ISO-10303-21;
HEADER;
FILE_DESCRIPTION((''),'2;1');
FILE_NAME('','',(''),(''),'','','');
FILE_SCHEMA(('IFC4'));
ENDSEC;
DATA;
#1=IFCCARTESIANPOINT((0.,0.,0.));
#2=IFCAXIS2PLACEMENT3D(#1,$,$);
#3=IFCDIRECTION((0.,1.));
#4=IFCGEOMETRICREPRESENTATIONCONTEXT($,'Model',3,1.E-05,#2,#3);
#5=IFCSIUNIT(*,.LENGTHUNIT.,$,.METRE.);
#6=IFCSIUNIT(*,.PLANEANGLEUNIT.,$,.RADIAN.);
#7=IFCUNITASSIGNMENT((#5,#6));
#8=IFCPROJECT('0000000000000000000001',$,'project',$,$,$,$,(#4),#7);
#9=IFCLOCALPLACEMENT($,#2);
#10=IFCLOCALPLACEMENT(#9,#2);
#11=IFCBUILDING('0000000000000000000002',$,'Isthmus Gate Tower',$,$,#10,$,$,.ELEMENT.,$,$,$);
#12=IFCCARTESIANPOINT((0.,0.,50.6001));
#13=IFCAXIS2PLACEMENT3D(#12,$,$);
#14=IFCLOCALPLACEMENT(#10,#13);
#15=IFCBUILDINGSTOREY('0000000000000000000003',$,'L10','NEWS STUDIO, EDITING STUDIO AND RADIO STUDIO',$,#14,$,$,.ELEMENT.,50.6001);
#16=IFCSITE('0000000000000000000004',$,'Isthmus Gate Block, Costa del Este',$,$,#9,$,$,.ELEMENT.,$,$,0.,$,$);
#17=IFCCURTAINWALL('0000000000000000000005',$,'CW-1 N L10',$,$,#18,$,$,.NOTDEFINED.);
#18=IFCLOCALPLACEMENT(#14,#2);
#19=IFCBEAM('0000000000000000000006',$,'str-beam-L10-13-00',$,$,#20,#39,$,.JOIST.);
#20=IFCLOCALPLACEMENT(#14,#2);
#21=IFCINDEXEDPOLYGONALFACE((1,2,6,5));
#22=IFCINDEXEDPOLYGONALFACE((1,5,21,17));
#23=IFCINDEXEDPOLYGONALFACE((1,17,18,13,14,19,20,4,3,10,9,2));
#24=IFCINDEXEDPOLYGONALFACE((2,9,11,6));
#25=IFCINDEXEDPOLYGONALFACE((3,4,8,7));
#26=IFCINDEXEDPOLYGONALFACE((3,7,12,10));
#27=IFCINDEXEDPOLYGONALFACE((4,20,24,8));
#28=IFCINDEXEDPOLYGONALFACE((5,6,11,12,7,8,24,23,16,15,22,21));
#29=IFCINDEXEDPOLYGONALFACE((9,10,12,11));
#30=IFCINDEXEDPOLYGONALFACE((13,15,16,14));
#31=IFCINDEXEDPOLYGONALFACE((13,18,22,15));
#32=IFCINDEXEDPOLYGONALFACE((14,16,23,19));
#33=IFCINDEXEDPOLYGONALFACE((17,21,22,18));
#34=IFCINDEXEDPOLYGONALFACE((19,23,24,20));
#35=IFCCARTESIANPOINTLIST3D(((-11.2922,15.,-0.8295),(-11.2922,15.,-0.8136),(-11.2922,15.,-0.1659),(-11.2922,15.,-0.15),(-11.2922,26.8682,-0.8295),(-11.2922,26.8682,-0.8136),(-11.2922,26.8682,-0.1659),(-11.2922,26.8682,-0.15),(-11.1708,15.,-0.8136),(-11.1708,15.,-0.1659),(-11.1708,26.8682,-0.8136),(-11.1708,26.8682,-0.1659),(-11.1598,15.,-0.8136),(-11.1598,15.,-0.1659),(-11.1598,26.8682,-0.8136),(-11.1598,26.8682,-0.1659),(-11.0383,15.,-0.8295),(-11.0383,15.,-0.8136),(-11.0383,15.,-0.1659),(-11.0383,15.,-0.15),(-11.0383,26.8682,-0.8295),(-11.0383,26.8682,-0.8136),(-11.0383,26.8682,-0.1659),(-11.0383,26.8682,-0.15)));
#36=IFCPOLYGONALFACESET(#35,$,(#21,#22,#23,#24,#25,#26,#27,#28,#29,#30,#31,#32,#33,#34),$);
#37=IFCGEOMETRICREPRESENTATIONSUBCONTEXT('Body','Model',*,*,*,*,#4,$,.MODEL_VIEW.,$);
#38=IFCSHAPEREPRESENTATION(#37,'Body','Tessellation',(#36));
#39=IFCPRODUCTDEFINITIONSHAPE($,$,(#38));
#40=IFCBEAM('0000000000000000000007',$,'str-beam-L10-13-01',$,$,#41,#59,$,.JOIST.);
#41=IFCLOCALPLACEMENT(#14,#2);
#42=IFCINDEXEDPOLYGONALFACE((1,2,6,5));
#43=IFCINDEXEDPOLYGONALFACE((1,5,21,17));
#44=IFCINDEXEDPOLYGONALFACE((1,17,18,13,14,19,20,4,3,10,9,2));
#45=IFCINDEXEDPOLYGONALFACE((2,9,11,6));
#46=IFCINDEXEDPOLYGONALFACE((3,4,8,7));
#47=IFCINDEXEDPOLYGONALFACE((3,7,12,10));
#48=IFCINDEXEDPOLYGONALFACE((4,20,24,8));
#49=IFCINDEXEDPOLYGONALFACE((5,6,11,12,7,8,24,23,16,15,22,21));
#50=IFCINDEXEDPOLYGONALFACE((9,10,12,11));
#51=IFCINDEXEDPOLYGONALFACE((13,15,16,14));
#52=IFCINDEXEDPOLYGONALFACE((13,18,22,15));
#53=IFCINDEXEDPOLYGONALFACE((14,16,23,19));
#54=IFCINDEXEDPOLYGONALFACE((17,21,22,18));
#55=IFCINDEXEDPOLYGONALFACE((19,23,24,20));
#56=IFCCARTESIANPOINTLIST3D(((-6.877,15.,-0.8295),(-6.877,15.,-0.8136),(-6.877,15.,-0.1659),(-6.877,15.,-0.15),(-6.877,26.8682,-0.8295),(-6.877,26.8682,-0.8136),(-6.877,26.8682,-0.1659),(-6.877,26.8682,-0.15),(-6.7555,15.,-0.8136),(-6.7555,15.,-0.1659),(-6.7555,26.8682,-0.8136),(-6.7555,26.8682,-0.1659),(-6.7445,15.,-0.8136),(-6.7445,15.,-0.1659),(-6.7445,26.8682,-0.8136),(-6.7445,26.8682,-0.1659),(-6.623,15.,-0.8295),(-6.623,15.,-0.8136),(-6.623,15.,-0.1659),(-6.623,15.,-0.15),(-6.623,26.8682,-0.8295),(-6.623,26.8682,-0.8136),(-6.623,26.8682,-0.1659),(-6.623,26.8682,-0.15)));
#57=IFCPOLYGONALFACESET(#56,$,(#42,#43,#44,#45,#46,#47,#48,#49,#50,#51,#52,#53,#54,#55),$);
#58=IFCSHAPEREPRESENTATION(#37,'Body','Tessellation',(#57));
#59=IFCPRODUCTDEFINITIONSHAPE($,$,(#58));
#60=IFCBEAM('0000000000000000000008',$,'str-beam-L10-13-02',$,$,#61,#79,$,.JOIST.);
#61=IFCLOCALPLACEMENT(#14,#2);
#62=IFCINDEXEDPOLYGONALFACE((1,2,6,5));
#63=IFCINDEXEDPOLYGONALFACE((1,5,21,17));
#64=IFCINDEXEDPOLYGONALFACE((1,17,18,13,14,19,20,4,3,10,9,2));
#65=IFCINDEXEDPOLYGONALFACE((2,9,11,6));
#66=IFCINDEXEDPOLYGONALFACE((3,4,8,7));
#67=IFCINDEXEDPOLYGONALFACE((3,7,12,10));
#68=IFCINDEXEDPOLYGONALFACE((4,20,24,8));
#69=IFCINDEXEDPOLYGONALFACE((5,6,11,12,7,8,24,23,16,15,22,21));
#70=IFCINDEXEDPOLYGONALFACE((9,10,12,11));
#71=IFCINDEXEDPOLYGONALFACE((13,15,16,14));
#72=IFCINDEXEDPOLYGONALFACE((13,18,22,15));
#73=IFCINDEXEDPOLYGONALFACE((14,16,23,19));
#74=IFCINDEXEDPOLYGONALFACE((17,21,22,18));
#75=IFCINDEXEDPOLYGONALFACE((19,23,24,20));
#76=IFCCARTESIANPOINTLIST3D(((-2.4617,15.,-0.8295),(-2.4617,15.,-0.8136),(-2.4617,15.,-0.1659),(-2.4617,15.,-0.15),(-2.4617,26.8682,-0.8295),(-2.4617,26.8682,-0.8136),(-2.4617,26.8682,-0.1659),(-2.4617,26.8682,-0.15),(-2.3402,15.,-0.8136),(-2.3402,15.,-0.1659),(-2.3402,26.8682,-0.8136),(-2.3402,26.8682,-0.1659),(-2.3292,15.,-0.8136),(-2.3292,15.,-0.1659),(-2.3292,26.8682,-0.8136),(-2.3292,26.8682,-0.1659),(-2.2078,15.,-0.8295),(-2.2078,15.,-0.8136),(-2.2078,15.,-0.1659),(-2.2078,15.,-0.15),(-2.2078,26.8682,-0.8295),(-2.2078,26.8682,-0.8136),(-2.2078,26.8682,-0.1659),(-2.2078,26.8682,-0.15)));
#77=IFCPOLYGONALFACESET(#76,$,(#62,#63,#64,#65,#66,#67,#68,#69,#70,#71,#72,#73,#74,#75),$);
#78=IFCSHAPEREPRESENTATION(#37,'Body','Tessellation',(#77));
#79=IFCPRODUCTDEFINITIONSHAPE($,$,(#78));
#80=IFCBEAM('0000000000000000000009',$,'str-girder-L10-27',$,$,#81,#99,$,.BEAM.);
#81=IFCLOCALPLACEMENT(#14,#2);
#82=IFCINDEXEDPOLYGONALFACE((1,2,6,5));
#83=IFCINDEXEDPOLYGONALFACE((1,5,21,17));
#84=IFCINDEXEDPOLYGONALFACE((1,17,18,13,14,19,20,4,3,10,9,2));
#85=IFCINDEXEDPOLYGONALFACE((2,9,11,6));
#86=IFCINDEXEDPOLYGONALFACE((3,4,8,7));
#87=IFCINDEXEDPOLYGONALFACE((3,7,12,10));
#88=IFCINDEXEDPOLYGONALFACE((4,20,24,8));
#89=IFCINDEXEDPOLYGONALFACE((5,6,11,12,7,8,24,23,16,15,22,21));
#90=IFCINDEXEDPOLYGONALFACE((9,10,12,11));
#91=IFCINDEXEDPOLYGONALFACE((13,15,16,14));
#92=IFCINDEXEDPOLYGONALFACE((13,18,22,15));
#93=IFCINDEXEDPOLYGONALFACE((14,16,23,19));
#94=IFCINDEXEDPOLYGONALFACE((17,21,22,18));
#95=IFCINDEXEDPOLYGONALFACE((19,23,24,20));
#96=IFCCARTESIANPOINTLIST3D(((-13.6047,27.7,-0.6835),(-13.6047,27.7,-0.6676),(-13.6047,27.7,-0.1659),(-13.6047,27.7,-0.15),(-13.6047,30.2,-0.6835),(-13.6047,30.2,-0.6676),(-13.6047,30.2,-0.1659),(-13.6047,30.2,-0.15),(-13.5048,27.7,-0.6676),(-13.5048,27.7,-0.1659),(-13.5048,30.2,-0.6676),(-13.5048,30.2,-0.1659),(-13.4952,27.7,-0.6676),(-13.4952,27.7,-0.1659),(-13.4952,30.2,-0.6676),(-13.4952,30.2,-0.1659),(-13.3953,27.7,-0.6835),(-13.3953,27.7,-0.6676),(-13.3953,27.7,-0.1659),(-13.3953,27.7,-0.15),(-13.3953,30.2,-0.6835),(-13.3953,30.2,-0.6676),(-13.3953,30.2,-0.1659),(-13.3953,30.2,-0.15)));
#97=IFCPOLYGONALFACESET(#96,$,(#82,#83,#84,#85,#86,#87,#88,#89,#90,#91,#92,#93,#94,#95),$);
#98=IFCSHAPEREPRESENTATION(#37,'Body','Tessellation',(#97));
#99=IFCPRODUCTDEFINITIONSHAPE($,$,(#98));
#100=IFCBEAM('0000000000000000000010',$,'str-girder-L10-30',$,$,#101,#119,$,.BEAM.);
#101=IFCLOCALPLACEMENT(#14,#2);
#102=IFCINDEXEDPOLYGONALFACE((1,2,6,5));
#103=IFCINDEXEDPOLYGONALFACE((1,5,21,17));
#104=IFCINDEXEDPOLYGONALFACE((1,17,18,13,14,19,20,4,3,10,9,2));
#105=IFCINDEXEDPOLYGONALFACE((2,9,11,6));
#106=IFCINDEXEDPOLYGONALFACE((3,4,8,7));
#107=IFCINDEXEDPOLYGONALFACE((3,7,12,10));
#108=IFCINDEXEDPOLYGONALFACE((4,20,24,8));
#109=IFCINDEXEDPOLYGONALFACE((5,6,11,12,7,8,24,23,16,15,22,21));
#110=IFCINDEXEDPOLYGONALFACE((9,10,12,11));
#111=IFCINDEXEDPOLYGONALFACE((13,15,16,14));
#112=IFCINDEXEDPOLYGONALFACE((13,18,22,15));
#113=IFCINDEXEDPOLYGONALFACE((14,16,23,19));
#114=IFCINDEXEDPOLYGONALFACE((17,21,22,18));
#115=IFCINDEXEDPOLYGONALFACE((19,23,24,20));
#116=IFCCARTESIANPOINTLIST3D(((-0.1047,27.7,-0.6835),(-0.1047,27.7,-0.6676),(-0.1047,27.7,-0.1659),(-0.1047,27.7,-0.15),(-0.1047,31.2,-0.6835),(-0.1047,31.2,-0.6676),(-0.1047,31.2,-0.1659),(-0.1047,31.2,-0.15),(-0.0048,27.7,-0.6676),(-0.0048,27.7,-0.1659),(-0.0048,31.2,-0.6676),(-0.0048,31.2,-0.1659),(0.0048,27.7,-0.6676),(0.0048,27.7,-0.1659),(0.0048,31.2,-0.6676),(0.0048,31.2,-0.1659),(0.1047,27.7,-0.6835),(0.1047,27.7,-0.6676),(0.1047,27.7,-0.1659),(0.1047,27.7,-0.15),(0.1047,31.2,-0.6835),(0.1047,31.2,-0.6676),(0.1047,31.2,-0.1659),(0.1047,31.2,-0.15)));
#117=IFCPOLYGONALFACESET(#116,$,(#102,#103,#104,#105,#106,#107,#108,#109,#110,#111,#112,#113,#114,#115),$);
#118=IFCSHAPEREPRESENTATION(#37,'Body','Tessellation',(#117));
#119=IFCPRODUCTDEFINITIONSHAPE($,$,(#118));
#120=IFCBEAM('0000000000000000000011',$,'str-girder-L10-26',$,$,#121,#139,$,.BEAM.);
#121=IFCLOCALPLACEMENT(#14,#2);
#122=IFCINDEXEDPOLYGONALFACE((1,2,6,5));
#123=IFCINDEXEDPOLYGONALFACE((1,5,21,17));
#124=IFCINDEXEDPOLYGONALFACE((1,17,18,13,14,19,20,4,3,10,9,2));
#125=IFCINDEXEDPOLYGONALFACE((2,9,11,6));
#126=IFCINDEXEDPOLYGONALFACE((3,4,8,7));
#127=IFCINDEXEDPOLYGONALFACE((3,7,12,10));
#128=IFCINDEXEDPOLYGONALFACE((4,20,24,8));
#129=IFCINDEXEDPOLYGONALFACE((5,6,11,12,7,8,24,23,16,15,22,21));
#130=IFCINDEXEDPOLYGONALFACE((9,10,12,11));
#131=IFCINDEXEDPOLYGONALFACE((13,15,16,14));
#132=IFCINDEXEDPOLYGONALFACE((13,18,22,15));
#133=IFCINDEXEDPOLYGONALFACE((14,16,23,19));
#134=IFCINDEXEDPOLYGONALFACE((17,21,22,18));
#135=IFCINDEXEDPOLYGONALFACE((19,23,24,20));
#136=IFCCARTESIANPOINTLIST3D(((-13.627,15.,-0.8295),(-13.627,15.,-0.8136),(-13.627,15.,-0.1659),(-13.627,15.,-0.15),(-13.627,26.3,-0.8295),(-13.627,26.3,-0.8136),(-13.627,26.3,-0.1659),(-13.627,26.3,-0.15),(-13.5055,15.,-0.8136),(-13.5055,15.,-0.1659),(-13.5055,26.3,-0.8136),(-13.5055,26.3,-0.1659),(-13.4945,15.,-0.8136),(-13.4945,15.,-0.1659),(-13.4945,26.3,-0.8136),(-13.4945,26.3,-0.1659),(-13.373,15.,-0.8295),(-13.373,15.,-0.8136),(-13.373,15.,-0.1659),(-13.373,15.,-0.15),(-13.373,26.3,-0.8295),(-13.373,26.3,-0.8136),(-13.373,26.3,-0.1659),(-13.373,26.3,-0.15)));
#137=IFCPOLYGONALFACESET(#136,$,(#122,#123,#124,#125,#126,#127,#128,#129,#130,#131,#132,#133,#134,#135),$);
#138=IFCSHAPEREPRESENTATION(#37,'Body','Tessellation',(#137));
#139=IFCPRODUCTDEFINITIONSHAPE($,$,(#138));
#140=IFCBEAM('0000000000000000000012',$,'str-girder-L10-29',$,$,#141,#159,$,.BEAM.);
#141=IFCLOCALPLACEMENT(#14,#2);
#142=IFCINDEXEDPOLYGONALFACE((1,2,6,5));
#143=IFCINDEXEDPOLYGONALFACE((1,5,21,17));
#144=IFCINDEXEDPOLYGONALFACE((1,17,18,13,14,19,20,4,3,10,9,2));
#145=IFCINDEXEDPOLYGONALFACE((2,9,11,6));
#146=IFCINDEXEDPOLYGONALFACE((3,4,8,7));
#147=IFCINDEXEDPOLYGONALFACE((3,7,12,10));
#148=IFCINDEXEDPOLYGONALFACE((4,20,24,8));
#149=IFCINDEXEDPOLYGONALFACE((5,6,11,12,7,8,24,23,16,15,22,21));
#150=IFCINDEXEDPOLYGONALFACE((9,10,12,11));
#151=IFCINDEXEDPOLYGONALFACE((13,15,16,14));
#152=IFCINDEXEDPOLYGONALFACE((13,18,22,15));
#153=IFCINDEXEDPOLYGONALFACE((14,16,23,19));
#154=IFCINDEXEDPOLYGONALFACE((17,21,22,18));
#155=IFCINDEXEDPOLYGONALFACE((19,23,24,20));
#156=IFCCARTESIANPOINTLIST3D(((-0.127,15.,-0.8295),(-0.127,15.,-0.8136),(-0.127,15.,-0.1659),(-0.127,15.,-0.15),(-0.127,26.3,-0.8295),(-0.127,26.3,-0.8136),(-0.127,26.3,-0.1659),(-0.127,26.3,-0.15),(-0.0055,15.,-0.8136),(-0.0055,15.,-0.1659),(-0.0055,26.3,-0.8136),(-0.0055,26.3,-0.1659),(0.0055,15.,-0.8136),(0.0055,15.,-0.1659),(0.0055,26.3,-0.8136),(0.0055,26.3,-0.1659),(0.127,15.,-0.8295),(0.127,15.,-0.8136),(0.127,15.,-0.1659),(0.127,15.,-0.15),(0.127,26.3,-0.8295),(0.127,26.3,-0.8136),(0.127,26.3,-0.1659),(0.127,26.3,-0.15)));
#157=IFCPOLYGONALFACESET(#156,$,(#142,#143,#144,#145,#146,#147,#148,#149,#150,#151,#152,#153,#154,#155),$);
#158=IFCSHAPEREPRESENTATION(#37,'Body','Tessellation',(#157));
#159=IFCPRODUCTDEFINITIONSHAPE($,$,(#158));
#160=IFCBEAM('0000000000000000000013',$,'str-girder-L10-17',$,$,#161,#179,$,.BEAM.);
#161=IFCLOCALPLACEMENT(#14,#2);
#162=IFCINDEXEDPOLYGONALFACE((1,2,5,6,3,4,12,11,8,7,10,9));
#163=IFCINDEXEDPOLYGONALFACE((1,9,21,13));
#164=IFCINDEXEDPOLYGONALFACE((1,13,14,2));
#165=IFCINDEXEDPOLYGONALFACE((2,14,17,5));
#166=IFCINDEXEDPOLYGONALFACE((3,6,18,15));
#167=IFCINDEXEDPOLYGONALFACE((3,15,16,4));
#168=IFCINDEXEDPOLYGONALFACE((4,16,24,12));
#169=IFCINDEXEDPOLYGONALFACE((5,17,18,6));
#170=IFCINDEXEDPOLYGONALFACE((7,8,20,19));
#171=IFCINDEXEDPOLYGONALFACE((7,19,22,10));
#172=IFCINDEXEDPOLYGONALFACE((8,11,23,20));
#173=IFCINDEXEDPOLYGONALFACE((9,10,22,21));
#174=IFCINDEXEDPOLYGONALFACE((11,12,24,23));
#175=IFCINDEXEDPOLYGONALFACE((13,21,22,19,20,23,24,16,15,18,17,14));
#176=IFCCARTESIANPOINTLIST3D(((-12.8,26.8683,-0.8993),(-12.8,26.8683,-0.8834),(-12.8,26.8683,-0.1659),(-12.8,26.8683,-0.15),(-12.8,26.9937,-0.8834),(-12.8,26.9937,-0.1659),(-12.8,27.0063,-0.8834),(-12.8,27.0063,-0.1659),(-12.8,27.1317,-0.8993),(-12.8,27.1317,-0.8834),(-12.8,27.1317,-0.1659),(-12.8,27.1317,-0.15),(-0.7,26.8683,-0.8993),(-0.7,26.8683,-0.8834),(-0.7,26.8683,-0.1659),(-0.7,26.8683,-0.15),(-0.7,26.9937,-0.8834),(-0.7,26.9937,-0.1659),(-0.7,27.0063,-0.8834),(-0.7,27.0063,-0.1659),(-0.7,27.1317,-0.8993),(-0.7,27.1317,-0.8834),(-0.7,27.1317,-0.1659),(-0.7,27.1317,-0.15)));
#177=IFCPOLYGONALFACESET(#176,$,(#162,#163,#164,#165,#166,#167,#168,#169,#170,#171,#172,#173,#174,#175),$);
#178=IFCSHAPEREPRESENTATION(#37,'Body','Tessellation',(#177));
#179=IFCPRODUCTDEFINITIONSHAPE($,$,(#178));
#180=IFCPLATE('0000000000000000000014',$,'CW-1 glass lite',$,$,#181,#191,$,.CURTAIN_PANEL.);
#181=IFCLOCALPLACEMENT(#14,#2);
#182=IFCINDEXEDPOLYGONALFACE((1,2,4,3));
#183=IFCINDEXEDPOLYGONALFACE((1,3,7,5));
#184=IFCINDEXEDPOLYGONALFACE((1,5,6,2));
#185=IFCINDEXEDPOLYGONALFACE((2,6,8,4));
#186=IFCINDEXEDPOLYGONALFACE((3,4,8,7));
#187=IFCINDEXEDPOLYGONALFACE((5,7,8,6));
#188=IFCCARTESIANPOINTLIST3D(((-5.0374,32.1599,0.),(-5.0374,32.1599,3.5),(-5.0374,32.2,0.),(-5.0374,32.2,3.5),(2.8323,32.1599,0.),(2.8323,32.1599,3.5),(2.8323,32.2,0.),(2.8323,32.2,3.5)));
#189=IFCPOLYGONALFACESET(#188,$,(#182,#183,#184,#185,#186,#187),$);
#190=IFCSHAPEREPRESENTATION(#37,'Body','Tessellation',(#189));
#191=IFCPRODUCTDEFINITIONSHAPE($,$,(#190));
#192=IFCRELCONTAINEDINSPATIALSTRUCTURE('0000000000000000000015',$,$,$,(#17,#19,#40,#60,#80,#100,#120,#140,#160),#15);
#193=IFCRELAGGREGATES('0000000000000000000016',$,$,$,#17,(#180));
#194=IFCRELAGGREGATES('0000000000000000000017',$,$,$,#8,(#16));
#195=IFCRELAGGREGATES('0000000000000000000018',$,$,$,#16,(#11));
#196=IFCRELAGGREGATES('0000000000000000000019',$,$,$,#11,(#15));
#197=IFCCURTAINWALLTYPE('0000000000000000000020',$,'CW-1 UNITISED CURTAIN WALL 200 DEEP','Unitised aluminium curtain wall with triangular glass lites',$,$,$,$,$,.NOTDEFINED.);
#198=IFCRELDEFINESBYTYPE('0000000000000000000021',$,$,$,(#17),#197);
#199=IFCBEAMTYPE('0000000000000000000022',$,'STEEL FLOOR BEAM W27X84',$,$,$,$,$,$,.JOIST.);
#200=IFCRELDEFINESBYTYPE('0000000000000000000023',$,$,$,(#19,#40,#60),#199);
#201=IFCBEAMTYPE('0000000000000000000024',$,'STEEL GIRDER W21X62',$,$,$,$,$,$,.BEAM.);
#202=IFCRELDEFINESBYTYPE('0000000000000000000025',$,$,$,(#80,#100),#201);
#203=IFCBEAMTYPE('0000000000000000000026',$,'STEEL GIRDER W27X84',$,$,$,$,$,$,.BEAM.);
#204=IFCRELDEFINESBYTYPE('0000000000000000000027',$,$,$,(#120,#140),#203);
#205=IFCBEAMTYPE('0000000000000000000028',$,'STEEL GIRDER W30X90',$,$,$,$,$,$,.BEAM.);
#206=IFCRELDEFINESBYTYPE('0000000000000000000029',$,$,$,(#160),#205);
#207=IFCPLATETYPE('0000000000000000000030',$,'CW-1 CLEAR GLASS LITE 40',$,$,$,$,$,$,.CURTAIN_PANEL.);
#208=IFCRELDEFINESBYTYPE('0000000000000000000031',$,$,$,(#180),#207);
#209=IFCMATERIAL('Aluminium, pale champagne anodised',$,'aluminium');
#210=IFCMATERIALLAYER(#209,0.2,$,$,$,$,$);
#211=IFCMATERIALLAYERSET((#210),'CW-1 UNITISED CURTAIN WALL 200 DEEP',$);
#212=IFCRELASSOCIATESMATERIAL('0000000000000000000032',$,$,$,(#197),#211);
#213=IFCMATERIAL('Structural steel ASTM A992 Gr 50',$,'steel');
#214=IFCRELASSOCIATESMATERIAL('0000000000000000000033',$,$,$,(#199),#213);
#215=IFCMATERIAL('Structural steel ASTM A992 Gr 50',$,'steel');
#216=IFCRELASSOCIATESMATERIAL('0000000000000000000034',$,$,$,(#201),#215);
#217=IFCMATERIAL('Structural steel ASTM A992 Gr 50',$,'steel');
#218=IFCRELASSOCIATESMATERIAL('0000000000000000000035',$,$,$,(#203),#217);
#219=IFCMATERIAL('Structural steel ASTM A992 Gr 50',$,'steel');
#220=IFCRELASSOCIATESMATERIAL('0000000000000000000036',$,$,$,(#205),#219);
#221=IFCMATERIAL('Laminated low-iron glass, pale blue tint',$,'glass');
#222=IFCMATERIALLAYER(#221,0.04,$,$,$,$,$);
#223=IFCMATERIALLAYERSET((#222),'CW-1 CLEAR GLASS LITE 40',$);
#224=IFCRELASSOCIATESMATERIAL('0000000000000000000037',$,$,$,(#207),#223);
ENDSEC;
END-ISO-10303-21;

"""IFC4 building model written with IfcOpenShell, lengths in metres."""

from ifc_helpers import new_model, si_unit, direction, frame, origin, origin_2d, place, context, subcontext, project, spatial, rectangle, i_section, extrude, material, layer, layer_set, material_profile, profile_set, type_object, element, aggregate, save


model = new_model("IFC4")

# Units and contexts
model_context = context("Model", 3, precision=1e-05, world=origin(), true_north=direction((0.0, 1.0)))
body_context = subcontext(model_context, "Body", "Model", "MODEL_VIEW")
ifc_project = project(units=[si_unit("LENGTHUNIT", "METRE"), si_unit("PLANEANGLEUNIT", "RADIAN")], contexts=[model_context])

# Site, building, storey
site_placement = place(None, origin())
site = spatial("IfcSite", under=ifc_project, at=site_placement, Name="Isthmus Gate Block, Costa del Este", CompositionType="ELEMENT", RefElevation=0.0)
building_placement = place(site_placement, origin())
building = spatial("IfcBuilding", under=site, at=building_placement, Name="Isthmus Gate Tower", CompositionType="ELEMENT")
storey_placement = place(building_placement, frame((0.0, 0.0, 50.6001)))
storey = spatial("IfcBuildingStorey", under=building, at=storey_placement, Name="L10", Description="NEWS STUDIO, EDITING STUDIO AND RADIO STUDIO", CompositionType="ELEMENT", Elevation=50.6001)

# Curtain wall
ifc_material_1 = material(Name="Aluminium, pale champagne anodised", Category="aluminium")
ifc_layer_1 = layer(ifc_material_1, 0.2)
ifc_layer_set_1 = layer_set([ifc_layer_1], Name="CW-1 UNITISED CURTAIN WALL 200 DEEP")
curtain_wall_type = type_object("IfcCurtainWallType", Name="CW-1 UNITISED CURTAIN WALL 200 DEEP", Description="Unitised aluminium curtain wall with triangular glass lites", PredefinedType="NOTDEFINED", material=ifc_layer_set_1)
curtain_wall_placement = place(storey_placement, origin())
curtain_wall = element("IfcCurtainWall", 1, at=curtain_wall_placement, inside=storey, type_object=curtain_wall_type, Name="CW-1 N L10", PredefinedType="NOTDEFINED")

# Beams
ifc_material_2 = material(Name="Structural steel ASTM A992 Gr 50", Category="steel")
ifc_material_profile_1 = material_profile(ifc_material_2, i_section(OverallWidth=0.2539, OverallDepth=0.6794, WebThickness=0.011, FlangeThickness=0.0159, at=origin_2d()), Name="W27X84")
ifc_profile_set_1 = profile_set([ifc_material_profile_1], Name="Structural steel ASTM A992 Gr 50")
beam_type_1 = type_object("IfcBeamType", Name="STEEL FLOOR BEAM W27X84", PredefinedType="JOIST", material=ifc_profile_set_1)
for number, where, z_axis, x_axis, name in (
    (2, (-11.1653, 15.0, -0.4897), (0.0, 1.0, 0.0), (-1.0, 0.0, 0.0), "str-beam-L10-13-00"),
    (3, (-6.75, 15.0, -0.4897), (0.0, 1.0, 0.0), (-1.0, 0.0, 0.0), "str-beam-L10-13-01"),
    (4, (-2.3347, 15.0, -0.4897), (0.0, 1.0, 0.0), (-1.0, 0.0, 0.0), "str-beam-L10-13-02"),
):
    element("IfcBeam", number, at=place(storey_placement, frame(where, z_axis=z_axis, x_axis=x_axis)), inside=storey, type_object=beam_type_1, Name=name, PredefinedType="JOIST", context=body_context, shape_type="SweptSolid", body=[
        extrude(i_section(OverallWidth=0.2539, OverallDepth=0.6794, WebThickness=0.011, FlangeThickness=0.0159, at=origin_2d()), origin(), (0.0, 0.0, 1.0), 11.8682),
    ])
ifc_material_3 = material(Name="Structural steel ASTM A992 Gr 50", Category="steel")
ifc_material_profile_2 = material_profile(ifc_material_3, i_section(OverallWidth=0.2095, OverallDepth=0.5334, WebThickness=0.0095, FlangeThickness=0.0159, at=origin_2d()), Name="W21X62")
ifc_profile_set_2 = profile_set([ifc_material_profile_2], Name="Structural steel ASTM A992 Gr 50")
beam_type_2 = type_object("IfcBeamType", Name="STEEL GIRDER W21X62", PredefinedType="BEAM", material=ifc_profile_set_2)
beam_1_placement = place(storey_placement, frame((-13.5, 27.7, -0.4167), z_axis=(0.0, 1.0, 0.0), x_axis=(-1.0, 0.0, 0.0)))
element("IfcBeam", 5, at=beam_1_placement, inside=storey, type_object=beam_type_2, Name="str-girder-L10-27", PredefinedType="BEAM", context=body_context, shape_type="SweptSolid", body=[
    extrude(i_section(OverallWidth=0.2095, OverallDepth=0.5334, WebThickness=0.0095, FlangeThickness=0.0159, at=origin_2d()), origin(), (0.0, 0.0, 1.0), 2.5),
])
beam_2_placement = place(storey_placement, frame((0.0, 27.7, -0.4167), z_axis=(0.0, 1.0, 0.0), x_axis=(-1.0, 0.0, 0.0)))
element("IfcBeam", 6, at=beam_2_placement, inside=storey, type_object=beam_type_2, Name="str-girder-L10-30", PredefinedType="BEAM", context=body_context, shape_type="SweptSolid", body=[
    extrude(i_section(OverallWidth=0.2095, OverallDepth=0.5334, WebThickness=0.0095, FlangeThickness=0.0159, at=origin_2d()), origin(), (0.0, 0.0, 1.0), 3.5),
])
ifc_material_4 = material(Name="Structural steel ASTM A992 Gr 50", Category="steel")
ifc_material_profile_3 = material_profile(ifc_material_4, i_section(OverallWidth=0.2539, OverallDepth=0.6794, WebThickness=0.011, FlangeThickness=0.0159, at=origin_2d()), Name="W27X84")
ifc_profile_set_3 = profile_set([ifc_material_profile_3], Name="Structural steel ASTM A992 Gr 50")
beam_type_3 = type_object("IfcBeamType", Name="STEEL GIRDER W27X84", PredefinedType="BEAM", material=ifc_profile_set_3)
for number, where, z_axis, x_axis, name in (
    (7, (-13.5, 15.0, -0.4897), (0.0, 1.0, 0.0), (-1.0, 0.0, 0.0), "str-girder-L10-26"),
    (8, (0.0, 15.0, -0.4897), (0.0, 1.0, 0.0), (-1.0, 0.0, 0.0), "str-girder-L10-29"),
):
    element("IfcBeam", number, at=place(storey_placement, frame(where, z_axis=z_axis, x_axis=x_axis)), inside=storey, type_object=beam_type_3, Name=name, PredefinedType="BEAM", context=body_context, shape_type="SweptSolid", body=[
        extrude(i_section(OverallWidth=0.2539, OverallDepth=0.6794, WebThickness=0.011, FlangeThickness=0.0159, at=origin_2d()), origin(), (0.0, 0.0, 1.0), 11.3),
    ])
ifc_material_5 = material(Name="Structural steel ASTM A992 Gr 50", Category="steel")
ifc_material_profile_4 = material_profile(ifc_material_5, i_section(OverallWidth=0.2634, OverallDepth=0.7493, WebThickness=0.0127, FlangeThickness=0.0159, at=origin_2d()), Name="W30X90")
ifc_profile_set_4 = profile_set([ifc_material_profile_4], Name="Structural steel ASTM A992 Gr 50")
beam_type_4 = type_object("IfcBeamType", Name="STEEL GIRDER W30X90", PredefinedType="BEAM", material=ifc_profile_set_4)
beam_3_placement = place(storey_placement, frame((-12.8, 27.0, -0.5247), z_axis=(1.0, 0.0, 0.0), x_axis=(0.0, 1.0, 0.0)))
element("IfcBeam", 9, at=beam_3_placement, inside=storey, type_object=beam_type_4, Name="str-girder-L10-17", PredefinedType="BEAM", context=body_context, shape_type="SweptSolid", body=[
    extrude(i_section(OverallWidth=0.2634, OverallDepth=0.7493, WebThickness=0.0127, FlangeThickness=0.0159, at=origin_2d()), origin(), (0.0, 0.0, 1.0), 12.1001),
])

# Plate
ifc_material_6 = material(Name="Laminated low-iron glass, pale blue tint", Category="glass")
ifc_layer_2 = layer(ifc_material_6, 0.04)
ifc_layer_set_2 = layer_set([ifc_layer_2], Name="CW-1 CLEAR GLASS LITE 40")
plate_type = type_object("IfcPlateType", Name="CW-1 CLEAR GLASS LITE 40", PredefinedType="CURTAIN_PANEL", material=ifc_layer_set_2)
plate_1_placement = place(storey_placement, frame((-1.1025, 32.1799, 0.0), z_axis=(0.0, 0.0, 1.0), x_axis=(-1.0, 0.0, 0.0)))
plate_1 = element("IfcPlate", 10, at=plate_1_placement, type_object=plate_type, Name="CW-1 glass lite", PredefinedType="CURTAIN_PANEL", context=body_context, shape_type="SweptSolid", body=[
    extrude(rectangle(XDim=7.8696, YDim=0.04, at=origin_2d()), origin(), (0.0, 0.0, 1.0), 3.5),
])
aggregate(curtain_wall, [plate_1])

save(model, "model.ifc")
